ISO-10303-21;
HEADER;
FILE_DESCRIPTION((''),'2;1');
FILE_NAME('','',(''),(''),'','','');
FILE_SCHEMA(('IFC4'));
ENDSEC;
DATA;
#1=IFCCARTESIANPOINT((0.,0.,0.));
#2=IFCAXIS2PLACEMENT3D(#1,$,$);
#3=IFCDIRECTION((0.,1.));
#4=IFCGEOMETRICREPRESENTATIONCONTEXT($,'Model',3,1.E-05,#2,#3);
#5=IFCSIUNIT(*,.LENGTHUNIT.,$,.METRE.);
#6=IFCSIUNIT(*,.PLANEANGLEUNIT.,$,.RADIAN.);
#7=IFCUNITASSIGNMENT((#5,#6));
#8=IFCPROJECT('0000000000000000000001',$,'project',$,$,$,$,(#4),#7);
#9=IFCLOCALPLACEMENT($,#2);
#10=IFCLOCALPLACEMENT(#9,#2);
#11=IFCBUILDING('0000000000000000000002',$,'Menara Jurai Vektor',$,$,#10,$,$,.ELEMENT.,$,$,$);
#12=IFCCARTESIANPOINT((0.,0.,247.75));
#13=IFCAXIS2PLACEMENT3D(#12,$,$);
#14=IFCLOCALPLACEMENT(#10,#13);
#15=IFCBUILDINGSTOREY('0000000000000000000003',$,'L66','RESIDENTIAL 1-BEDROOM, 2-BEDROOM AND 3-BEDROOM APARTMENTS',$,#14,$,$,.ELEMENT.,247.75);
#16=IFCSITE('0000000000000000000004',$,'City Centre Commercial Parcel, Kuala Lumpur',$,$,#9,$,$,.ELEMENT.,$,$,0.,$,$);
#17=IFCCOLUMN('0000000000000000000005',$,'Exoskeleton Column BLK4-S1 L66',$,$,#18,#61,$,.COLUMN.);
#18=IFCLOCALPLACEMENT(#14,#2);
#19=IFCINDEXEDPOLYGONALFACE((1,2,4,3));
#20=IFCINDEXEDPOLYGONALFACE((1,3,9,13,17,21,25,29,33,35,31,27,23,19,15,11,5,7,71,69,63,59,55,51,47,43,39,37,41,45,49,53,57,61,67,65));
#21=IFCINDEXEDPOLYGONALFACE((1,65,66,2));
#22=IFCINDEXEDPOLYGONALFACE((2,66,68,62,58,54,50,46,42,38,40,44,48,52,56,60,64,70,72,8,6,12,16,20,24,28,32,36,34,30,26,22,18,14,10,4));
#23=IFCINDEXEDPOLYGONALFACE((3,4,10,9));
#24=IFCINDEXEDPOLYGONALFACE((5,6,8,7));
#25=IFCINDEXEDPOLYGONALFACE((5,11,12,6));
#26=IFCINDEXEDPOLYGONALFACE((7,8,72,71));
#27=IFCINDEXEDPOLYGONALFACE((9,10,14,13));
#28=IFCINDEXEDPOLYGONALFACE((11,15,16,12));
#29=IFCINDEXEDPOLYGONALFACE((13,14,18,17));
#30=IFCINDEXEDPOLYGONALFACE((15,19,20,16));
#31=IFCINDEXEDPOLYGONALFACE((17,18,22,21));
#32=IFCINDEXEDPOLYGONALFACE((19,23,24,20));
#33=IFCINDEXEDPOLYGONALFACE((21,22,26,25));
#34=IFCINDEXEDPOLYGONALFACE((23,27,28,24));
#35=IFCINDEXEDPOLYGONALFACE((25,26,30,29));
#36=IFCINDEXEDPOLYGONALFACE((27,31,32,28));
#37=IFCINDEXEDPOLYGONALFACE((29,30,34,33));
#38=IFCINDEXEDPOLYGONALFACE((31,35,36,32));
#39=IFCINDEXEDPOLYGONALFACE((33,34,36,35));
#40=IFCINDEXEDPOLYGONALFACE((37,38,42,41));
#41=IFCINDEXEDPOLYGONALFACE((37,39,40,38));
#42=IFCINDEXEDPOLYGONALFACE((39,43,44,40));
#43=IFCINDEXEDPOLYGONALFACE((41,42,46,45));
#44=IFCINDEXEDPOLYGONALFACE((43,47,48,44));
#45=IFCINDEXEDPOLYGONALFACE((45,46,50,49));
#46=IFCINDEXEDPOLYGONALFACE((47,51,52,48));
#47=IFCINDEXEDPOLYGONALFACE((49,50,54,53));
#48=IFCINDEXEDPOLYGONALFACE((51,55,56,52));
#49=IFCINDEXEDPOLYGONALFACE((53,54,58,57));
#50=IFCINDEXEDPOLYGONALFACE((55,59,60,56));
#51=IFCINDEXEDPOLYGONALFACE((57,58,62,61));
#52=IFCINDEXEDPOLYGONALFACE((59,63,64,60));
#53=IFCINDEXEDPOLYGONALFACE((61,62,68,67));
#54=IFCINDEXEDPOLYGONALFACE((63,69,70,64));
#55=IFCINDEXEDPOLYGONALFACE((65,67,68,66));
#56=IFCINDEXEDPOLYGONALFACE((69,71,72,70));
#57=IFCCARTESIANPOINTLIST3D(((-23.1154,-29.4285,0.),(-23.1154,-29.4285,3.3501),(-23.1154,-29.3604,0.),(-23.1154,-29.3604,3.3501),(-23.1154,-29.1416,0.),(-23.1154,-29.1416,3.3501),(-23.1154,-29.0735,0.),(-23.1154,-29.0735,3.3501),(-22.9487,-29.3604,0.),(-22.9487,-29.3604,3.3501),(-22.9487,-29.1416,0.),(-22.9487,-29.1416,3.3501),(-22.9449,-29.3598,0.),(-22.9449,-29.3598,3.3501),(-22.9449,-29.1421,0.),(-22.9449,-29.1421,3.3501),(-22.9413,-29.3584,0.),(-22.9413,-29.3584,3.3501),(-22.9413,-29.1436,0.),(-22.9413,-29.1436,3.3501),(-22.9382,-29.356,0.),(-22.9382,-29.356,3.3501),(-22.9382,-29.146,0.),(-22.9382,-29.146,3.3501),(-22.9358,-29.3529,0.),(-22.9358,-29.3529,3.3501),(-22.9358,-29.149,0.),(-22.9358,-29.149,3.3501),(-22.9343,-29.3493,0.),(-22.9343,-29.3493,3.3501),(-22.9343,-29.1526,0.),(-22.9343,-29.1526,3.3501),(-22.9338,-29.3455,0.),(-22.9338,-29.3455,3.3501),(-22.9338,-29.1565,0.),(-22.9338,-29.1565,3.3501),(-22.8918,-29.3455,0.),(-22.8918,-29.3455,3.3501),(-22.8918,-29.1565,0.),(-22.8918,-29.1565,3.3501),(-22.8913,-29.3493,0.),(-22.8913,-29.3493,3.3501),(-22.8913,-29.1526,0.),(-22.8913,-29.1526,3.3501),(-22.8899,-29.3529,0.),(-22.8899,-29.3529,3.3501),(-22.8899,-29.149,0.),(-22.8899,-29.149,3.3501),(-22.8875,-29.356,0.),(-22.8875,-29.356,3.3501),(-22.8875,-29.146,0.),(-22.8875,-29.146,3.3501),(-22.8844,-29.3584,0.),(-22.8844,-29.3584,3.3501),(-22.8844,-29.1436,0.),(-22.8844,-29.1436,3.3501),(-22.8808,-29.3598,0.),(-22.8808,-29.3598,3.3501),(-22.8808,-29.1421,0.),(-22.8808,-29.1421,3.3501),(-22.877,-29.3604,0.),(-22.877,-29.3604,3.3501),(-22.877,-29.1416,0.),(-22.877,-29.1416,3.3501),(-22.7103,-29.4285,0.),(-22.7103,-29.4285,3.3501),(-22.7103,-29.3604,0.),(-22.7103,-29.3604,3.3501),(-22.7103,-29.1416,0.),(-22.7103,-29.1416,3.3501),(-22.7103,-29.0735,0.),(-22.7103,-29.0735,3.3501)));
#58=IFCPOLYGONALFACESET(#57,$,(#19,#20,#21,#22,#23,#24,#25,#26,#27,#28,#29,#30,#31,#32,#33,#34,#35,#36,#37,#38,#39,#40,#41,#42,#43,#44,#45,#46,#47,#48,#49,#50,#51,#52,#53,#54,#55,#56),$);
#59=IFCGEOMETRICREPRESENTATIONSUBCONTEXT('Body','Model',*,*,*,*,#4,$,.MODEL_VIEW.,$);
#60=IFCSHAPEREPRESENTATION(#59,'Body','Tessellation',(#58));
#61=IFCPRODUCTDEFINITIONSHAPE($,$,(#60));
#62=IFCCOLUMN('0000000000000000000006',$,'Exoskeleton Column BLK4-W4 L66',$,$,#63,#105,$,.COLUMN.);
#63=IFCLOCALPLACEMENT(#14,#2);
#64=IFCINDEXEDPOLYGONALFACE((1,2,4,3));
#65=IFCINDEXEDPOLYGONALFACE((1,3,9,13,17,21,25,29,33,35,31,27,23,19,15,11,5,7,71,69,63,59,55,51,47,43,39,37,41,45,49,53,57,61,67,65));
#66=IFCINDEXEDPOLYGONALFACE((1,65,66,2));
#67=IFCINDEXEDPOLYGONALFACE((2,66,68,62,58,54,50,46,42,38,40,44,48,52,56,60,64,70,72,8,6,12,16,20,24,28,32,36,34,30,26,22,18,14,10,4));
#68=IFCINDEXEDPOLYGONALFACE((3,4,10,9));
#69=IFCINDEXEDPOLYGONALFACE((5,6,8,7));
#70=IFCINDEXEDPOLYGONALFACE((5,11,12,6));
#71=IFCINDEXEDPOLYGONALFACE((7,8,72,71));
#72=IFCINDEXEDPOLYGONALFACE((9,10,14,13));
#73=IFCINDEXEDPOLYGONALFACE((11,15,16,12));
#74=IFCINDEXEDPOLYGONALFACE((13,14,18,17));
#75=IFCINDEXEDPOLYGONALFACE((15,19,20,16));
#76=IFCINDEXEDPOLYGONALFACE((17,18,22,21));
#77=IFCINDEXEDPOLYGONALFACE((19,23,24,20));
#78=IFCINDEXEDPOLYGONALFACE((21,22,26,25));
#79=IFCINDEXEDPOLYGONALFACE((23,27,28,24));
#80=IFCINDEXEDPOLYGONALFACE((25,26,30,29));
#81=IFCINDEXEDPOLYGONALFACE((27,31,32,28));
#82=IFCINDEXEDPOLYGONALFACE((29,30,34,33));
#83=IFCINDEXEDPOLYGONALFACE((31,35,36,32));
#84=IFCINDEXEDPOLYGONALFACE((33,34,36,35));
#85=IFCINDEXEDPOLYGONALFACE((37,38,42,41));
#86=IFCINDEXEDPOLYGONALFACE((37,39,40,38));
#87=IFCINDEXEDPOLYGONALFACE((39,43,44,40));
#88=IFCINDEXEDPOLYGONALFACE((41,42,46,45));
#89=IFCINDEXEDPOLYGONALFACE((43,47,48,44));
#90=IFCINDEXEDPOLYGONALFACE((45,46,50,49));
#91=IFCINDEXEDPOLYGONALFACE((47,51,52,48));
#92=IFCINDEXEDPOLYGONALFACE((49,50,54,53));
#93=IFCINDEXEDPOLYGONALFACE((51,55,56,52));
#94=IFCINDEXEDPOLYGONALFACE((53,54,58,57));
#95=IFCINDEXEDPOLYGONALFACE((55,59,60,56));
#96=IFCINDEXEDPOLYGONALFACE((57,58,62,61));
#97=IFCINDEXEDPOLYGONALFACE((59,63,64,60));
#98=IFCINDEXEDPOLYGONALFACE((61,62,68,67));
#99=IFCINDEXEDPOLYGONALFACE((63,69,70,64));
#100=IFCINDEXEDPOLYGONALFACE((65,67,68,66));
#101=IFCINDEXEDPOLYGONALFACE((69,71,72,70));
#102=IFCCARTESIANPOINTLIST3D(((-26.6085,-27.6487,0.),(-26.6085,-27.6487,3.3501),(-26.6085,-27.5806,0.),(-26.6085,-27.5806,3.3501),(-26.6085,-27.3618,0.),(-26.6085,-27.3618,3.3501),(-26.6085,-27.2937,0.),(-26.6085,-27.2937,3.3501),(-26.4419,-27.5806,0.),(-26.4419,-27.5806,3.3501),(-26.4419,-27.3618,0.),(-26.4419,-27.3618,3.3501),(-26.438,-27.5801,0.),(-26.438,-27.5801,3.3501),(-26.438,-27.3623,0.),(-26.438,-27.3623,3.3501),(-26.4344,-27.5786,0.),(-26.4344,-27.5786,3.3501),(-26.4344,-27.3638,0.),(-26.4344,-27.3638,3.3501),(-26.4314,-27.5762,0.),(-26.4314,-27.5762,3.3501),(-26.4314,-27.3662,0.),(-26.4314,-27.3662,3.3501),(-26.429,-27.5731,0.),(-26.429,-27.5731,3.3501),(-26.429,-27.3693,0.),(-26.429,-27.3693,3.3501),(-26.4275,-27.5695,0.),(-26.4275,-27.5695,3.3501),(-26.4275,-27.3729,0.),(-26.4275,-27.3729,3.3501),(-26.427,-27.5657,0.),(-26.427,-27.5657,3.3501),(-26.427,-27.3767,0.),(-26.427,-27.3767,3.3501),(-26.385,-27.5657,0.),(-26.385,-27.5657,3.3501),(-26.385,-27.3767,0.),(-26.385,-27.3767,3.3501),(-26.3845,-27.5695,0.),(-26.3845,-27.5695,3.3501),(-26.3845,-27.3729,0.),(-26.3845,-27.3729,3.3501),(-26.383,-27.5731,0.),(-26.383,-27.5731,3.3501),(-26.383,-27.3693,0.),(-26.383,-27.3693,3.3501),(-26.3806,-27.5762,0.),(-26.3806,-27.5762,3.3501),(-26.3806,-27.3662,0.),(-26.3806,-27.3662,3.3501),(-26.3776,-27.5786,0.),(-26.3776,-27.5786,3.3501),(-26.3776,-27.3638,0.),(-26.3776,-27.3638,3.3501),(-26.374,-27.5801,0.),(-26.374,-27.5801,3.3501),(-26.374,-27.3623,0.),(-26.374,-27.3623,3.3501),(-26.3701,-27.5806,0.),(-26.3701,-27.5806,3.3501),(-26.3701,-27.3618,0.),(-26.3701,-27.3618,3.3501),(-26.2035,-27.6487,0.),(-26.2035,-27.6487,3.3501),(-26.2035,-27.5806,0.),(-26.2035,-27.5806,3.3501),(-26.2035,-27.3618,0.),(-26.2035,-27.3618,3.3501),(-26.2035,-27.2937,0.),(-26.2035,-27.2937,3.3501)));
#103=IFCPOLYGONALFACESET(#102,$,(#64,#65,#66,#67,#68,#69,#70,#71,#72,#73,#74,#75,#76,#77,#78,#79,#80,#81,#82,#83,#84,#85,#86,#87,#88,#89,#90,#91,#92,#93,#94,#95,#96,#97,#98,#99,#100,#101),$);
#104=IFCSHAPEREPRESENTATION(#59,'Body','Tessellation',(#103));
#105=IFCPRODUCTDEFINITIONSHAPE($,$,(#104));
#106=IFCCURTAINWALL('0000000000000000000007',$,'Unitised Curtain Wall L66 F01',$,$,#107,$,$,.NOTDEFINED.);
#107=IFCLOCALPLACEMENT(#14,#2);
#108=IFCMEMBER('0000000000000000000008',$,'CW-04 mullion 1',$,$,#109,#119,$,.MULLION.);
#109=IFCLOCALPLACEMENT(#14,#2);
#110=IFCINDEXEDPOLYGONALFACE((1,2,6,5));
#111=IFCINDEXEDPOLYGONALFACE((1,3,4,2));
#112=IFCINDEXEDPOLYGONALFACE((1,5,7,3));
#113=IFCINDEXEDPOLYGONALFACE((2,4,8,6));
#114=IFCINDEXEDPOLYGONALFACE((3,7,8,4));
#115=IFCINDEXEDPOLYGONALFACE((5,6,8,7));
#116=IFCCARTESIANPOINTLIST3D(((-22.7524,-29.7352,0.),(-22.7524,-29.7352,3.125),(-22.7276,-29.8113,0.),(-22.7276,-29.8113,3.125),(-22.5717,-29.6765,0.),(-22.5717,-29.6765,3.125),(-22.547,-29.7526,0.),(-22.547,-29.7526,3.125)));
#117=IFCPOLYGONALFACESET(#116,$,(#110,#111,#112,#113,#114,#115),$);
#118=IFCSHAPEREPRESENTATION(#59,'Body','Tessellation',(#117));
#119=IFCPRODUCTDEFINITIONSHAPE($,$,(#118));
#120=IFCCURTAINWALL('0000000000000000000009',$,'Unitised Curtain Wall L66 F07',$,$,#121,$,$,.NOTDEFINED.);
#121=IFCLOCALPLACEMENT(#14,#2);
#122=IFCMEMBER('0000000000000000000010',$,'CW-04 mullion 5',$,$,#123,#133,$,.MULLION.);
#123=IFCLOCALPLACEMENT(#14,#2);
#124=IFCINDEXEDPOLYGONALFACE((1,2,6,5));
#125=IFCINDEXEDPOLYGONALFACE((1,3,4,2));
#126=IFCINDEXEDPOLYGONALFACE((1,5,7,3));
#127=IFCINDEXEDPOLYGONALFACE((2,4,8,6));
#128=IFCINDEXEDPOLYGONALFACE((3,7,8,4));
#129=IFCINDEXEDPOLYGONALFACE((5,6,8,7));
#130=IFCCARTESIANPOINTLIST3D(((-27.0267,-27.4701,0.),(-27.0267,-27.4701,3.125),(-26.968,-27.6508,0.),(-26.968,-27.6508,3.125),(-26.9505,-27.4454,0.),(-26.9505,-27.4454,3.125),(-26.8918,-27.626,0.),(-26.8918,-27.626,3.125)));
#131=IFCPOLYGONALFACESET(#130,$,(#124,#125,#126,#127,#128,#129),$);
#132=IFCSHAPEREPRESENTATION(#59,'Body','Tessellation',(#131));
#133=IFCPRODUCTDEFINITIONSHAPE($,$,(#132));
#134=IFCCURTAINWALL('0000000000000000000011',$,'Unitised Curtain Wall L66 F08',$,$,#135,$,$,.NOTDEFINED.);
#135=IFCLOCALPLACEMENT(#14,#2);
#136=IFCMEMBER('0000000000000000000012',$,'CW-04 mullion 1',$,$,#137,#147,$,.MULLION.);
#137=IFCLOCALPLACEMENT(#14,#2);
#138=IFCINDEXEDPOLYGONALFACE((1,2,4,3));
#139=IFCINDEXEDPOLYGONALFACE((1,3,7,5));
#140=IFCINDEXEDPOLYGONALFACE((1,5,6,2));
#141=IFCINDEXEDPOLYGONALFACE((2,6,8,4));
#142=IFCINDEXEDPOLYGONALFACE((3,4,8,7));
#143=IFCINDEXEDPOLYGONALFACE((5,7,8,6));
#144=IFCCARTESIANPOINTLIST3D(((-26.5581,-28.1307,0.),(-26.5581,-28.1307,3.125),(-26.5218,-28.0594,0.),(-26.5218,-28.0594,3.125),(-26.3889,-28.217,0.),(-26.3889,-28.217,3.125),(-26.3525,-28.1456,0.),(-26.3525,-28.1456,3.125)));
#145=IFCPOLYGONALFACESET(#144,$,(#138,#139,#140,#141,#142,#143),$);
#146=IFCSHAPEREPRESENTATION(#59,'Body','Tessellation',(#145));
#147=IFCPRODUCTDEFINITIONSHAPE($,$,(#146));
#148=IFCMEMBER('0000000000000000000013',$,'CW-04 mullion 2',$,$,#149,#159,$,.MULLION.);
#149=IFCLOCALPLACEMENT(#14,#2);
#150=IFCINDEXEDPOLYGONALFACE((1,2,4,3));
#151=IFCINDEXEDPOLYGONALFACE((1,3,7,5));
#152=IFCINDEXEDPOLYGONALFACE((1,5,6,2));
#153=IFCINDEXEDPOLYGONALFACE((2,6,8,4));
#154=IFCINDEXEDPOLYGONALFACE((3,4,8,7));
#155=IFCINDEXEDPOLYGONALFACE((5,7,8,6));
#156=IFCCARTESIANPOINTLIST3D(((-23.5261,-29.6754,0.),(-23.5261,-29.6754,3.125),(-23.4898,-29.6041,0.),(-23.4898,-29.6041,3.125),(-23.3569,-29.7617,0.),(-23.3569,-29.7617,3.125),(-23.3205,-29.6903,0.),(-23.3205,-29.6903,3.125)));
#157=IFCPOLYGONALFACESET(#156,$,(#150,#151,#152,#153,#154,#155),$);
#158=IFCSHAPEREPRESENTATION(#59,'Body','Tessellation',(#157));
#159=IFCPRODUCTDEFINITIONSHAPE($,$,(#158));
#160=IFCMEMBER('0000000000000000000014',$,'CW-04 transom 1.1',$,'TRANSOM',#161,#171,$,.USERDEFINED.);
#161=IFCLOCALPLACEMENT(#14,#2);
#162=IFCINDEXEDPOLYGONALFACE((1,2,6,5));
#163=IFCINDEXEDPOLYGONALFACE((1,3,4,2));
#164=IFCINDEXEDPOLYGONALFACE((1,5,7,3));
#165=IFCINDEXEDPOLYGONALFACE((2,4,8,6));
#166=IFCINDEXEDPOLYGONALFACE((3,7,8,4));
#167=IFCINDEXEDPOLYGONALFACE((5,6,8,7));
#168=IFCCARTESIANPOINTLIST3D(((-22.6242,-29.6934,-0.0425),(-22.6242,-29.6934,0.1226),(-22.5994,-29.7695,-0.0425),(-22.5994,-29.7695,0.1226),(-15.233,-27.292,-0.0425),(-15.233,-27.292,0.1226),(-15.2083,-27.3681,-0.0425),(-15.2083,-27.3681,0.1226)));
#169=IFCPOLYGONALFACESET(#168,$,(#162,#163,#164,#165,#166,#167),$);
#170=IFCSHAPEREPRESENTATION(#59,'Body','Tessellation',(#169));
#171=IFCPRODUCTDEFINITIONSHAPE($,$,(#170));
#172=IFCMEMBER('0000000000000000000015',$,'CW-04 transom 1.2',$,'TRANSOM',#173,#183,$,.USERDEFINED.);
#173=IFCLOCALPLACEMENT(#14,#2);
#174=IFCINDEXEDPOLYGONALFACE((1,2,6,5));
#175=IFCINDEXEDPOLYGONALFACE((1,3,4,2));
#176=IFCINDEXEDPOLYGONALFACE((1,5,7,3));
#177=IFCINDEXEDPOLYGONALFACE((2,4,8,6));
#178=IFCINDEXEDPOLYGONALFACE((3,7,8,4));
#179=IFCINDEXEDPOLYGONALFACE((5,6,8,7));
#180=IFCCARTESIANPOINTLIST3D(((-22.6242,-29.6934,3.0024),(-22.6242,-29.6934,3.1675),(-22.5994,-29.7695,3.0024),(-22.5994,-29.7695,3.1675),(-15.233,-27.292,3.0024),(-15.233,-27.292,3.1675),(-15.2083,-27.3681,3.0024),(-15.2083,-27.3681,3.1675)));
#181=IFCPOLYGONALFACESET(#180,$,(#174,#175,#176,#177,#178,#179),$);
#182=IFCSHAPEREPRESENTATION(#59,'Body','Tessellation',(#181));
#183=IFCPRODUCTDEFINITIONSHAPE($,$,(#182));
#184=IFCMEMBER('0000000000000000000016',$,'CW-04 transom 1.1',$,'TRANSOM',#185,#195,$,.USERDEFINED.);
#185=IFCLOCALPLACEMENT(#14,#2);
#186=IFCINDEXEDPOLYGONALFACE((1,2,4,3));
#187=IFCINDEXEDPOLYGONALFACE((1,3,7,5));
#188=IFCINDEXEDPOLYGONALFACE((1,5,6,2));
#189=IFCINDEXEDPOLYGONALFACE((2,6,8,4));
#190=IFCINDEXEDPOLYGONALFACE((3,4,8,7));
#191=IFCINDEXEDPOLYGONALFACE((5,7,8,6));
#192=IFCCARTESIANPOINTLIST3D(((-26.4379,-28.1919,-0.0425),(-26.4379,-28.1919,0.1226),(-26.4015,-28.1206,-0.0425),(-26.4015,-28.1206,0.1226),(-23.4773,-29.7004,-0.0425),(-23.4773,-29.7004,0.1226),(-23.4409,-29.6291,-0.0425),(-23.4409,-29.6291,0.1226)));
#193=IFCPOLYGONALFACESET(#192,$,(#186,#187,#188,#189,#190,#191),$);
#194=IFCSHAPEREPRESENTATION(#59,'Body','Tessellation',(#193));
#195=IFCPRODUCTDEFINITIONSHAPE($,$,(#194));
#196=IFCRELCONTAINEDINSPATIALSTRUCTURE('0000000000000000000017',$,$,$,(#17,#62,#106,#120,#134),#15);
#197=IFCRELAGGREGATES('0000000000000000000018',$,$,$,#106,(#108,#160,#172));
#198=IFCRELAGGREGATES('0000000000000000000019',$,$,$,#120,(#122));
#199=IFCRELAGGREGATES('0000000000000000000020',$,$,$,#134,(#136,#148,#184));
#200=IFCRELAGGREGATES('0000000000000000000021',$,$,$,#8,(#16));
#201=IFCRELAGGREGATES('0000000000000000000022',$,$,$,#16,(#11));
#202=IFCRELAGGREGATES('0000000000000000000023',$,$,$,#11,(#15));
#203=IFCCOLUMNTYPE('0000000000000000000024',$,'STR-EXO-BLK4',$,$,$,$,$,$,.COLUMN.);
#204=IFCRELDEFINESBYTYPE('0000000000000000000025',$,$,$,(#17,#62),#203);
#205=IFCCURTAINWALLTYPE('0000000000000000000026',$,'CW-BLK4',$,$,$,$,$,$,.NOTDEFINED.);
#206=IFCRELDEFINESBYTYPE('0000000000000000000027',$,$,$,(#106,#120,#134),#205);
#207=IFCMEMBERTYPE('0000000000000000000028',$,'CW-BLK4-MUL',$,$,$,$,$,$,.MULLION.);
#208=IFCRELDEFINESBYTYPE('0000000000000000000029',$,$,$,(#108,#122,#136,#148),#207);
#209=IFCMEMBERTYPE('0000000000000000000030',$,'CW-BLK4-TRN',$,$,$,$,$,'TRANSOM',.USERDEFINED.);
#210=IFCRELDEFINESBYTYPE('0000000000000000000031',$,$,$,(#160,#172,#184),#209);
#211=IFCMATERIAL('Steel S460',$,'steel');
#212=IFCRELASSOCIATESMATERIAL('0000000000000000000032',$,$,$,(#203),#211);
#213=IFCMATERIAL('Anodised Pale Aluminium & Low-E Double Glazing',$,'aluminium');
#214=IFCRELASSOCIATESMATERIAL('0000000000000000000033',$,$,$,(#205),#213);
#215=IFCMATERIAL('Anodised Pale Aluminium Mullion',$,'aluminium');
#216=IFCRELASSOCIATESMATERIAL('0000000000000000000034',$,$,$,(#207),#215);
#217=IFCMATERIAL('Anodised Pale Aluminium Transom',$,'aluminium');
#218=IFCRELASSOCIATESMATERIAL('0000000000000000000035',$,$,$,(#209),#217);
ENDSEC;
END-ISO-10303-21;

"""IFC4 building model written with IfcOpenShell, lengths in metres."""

from ifc_helpers import new_model, si_unit, direction, frame, origin, origin_2d, place, context, subcontext, project, spatial, rectangle, i_section, extrude, material, material_profile, profile_set, type_object, element, aggregate, save


model = new_model("IFC4")

# Units and contexts
model_context = context("Model", 3, precision=1e-05, world=origin(), true_north=direction((0.0, 1.0)))
body_context = subcontext(model_context, "Body", "Model", "MODEL_VIEW")
ifc_project = project(units=[si_unit("LENGTHUNIT", "METRE"), si_unit("PLANEANGLEUNIT", "RADIAN")], contexts=[model_context])

# Site, building, storey
site_placement = place(None, origin())
site = spatial("IfcSite", under=ifc_project, at=site_placement, Name="City Centre Commercial Parcel, Kuala Lumpur", CompositionType="ELEMENT", RefElevation=0.0)
building_placement = place(site_placement, origin())
building = spatial("IfcBuilding", under=site, at=building_placement, Name="Menara Jurai Vektor", CompositionType="ELEMENT")
storey_placement = place(building_placement, frame((0.0, 0.0, 247.75)))
storey = spatial("IfcBuildingStorey", under=building, at=storey_placement, Name="L66", Description="RESIDENTIAL 1-BEDROOM, 2-BEDROOM AND 3-BEDROOM APARTMENTS", CompositionType="ELEMENT", Elevation=247.75)

# Columns
ifc_material_1 = material(Name="Steel S460", Category="steel")
ifc_material_profile_1 = material_profile(ifc_material_1, i_section(OverallWidth=0.405, OverallDepth=0.355, WebThickness=0.042, FlangeThickness=0.0681, FilletRadius=0.0149, at=origin_2d()), Name="HD 400x551")
ifc_profile_set_1 = profile_set([ifc_material_profile_1], Name="Steel S460")
column_type = type_object("IfcColumnType", Name="STR-EXO-BLK4", PredefinedType="COLUMN", material=ifc_profile_set_1)
for number, where, z_axis, x_axis, name in (
    (1, (-22.9128, -29.251, 0.0), (0.0, 0.0, 1.0), (1.0, 0.0, 0.0), "Exoskeleton Column BLK4-S1 L66"),
    (2, (-26.406, -27.4712, 0.0), (0.0, 0.0, 1.0), (1.0, 0.0, 0.0), "Exoskeleton Column BLK4-W4 L66"),
):
    element("IfcColumn", number, at=place(storey_placement, frame(where, z_axis=z_axis, x_axis=x_axis)), inside=storey, type_object=column_type, Name=name, PredefinedType="COLUMN", context=body_context, shape_type="SweptSolid", body=[
        extrude(i_section(OverallWidth=0.405, OverallDepth=0.355, WebThickness=0.042, FlangeThickness=0.0681, FilletRadius=0.0149, at=origin_2d()), origin(), (0.0, 0.0, 1.0), 3.3501),
    ])

# Curtain walls, members
ifc_material_2 = material(Name="Anodised Pale Aluminium & Low-E Double Glazing", Category="aluminium")
curtain_wall_type = type_object("IfcCurtainWallType", Name="CW-BLK4", PredefinedType="NOTDEFINED", material=ifc_material_2)
curtain_wall_1_placement = place(storey_placement, origin())
curtain_wall_1 = element("IfcCurtainWall", 3, at=curtain_wall_1_placement, inside=storey, type_object=curtain_wall_type, Name="Unitised Curtain Wall L66 F01", PredefinedType="NOTDEFINED")
ifc_material_3 = material(Name="Anodised Pale Aluminium Mullion", Category="aluminium")
ifc_material_profile_2 = material_profile(ifc_material_3, rectangle(XDim=0.0801, YDim=0.1899, at=origin_2d()), Name="ALU MUL 80x190")
ifc_profile_set_2 = profile_set([ifc_material_profile_2], Name="Anodised Pale Aluminium Mullion")
member_type_1 = type_object("IfcMemberType", Name="CW-BLK4-MUL", PredefinedType="MULLION", material=ifc_profile_set_2)
member_1_placement = place(storey_placement, frame((-22.6497, -29.7439, 0.0), z_axis=(0.0, 0.0, 1.0), x_axis=(-0.309017, 0.951056, 0.0)))
member_1 = element("IfcMember", 4, at=member_1_placement, type_object=member_type_1, Name="CW-04 mullion 1", PredefinedType="MULLION", context=body_context, shape_type="SweptSolid", body=[
    extrude(rectangle(XDim=0.0801, YDim=0.1899, at=origin_2d()), origin(), (0.0, 0.0, 1.0), 3.125),
])
curtain_wall_2_placement = place(storey_placement, origin())
curtain_wall_2 = element("IfcCurtainWall", 5, at=curtain_wall_2_placement, inside=storey, type_object=curtain_wall_type, Name="Unitised Curtain Wall L66 F07", PredefinedType="NOTDEFINED")
member_2_placement = place(storey_placement, frame((-26.9592, -27.5481, 0.0), z_axis=(0.0, 0.0, 1.0), x_axis=(0.951057, 0.309016, 0.0)))
member_2 = element("IfcMember", 6, at=member_2_placement, type_object=member_type_1, Name="CW-04 mullion 5", PredefinedType="MULLION", context=body_context, shape_type="SweptSolid", body=[
    extrude(rectangle(XDim=0.0801, YDim=0.1899, at=origin_2d()), origin(), (0.0, 0.0, 1.0), 3.125),
])

# Curtain wall, members
curtain_wall_3_placement = place(storey_placement, origin())
curtain_wall_3 = element("IfcCurtainWall", 7, at=curtain_wall_3_placement, inside=storey, type_object=curtain_wall_type, Name="Unitised Curtain Wall L66 F08", PredefinedType="NOTDEFINED")
member_3_placement = place(storey_placement, frame((-26.4553, -28.1382, 0.0), z_axis=(0.0, 0.0, 1.0), x_axis=(0.453989, 0.891008, 0.0)))
member_3 = element("IfcMember", 8, at=member_3_placement, type_object=member_type_1, Name="CW-04 mullion 1", PredefinedType="MULLION", context=body_context, shape_type="SweptSolid", body=[
    extrude(rectangle(XDim=0.0801, YDim=0.1899, at=origin_2d()), origin(), (0.0, 0.0, 1.0), 3.125),
])
member_4_placement = place(storey_placement, frame((-23.4233, -29.6829, 0.0), z_axis=(0.0, 0.0, 1.0), x_axis=(0.453989, 0.891008, 0.0)))
member_4 = element("IfcMember", 9, at=member_4_placement, type_object=member_type_1, Name="CW-04 mullion 2", PredefinedType="MULLION", context=body_context, shape_type="SweptSolid", body=[
    extrude(rectangle(XDim=0.0801, YDim=0.1899, at=origin_2d()), origin(), (0.0, 0.0, 1.0), 3.125),
])

# Members
ifc_material_4 = material(Name="Anodised Pale Aluminium Transom", Category="aluminium")
ifc_material_profile_3 = material_profile(ifc_material_4, rectangle(XDim=0.0801, YDim=0.165, at=origin_2d()), Name="ALU TRN 80x165")
ifc_profile_set_3 = profile_set([ifc_material_profile_3], Name="Anodised Pale Aluminium Transom")
member_type_2 = type_object("IfcMemberType", Name="CW-BLK4-TRN", ElementType="TRANSOM", PredefinedType="USERDEFINED", material=ifc_profile_set_3)
member_5_placement = place(storey_placement, frame((-22.6118, -29.7314, 0.04), z_axis=(0.951062, 0.308999, 0.0), x_axis=(-0.308999, 0.951062, 0.0)))
member_5 = element("IfcMember", 10, at=member_5_placement, type_object=member_type_2, Name="CW-04 transom 1.1", ObjectType="TRANSOM", PredefinedType="USERDEFINED", context=body_context, shape_type="SweptSolid", body=[
    extrude(rectangle(XDim=0.0801, YDim=0.165, at=origin_2d()), origin(), (0.0, 0.0, 1.0), 7.7715),
])
member_6_placement = place(storey_placement, frame((-22.6118, -29.7314, 3.085), z_axis=(0.951062, 0.308999, 0.0), x_axis=(-0.308999, 0.951062, 0.0)))
member_6 = element("IfcMember", 11, at=member_6_placement, type_object=member_type_2, Name="CW-04 transom 1.2", ObjectType="TRANSOM", PredefinedType="USERDEFINED", context=body_context, shape_type="SweptSolid", body=[
    extrude(rectangle(XDim=0.0801, YDim=0.165, at=origin_2d()), origin(), (0.0, 0.0, 1.0), 7.7715),
])
member_7_placement = place(storey_placement, frame((-26.4197, -28.1562, 0.04), z_axis=(0.891007, -0.45399, 0.0), x_axis=(0.45399, 0.891007, 0.0)))
member_7 = element("IfcMember", 12, at=member_7_placement, type_object=member_type_2, Name="CW-04 transom 1.1", ObjectType="TRANSOM", PredefinedType="USERDEFINED", context=body_context, shape_type="SweptSolid", body=[
    extrude(rectangle(XDim=0.0801, YDim=0.165, at=origin_2d()), origin(), (0.0, 0.0, 1.0), 3.3228),
])

aggregate(curtain_wall_1, [member_1, member_5, member_6])
aggregate(curtain_wall_2, [member_2])
aggregate(curtain_wall_3, [member_3, member_4, member_7])

save(model, "model.ifc")
